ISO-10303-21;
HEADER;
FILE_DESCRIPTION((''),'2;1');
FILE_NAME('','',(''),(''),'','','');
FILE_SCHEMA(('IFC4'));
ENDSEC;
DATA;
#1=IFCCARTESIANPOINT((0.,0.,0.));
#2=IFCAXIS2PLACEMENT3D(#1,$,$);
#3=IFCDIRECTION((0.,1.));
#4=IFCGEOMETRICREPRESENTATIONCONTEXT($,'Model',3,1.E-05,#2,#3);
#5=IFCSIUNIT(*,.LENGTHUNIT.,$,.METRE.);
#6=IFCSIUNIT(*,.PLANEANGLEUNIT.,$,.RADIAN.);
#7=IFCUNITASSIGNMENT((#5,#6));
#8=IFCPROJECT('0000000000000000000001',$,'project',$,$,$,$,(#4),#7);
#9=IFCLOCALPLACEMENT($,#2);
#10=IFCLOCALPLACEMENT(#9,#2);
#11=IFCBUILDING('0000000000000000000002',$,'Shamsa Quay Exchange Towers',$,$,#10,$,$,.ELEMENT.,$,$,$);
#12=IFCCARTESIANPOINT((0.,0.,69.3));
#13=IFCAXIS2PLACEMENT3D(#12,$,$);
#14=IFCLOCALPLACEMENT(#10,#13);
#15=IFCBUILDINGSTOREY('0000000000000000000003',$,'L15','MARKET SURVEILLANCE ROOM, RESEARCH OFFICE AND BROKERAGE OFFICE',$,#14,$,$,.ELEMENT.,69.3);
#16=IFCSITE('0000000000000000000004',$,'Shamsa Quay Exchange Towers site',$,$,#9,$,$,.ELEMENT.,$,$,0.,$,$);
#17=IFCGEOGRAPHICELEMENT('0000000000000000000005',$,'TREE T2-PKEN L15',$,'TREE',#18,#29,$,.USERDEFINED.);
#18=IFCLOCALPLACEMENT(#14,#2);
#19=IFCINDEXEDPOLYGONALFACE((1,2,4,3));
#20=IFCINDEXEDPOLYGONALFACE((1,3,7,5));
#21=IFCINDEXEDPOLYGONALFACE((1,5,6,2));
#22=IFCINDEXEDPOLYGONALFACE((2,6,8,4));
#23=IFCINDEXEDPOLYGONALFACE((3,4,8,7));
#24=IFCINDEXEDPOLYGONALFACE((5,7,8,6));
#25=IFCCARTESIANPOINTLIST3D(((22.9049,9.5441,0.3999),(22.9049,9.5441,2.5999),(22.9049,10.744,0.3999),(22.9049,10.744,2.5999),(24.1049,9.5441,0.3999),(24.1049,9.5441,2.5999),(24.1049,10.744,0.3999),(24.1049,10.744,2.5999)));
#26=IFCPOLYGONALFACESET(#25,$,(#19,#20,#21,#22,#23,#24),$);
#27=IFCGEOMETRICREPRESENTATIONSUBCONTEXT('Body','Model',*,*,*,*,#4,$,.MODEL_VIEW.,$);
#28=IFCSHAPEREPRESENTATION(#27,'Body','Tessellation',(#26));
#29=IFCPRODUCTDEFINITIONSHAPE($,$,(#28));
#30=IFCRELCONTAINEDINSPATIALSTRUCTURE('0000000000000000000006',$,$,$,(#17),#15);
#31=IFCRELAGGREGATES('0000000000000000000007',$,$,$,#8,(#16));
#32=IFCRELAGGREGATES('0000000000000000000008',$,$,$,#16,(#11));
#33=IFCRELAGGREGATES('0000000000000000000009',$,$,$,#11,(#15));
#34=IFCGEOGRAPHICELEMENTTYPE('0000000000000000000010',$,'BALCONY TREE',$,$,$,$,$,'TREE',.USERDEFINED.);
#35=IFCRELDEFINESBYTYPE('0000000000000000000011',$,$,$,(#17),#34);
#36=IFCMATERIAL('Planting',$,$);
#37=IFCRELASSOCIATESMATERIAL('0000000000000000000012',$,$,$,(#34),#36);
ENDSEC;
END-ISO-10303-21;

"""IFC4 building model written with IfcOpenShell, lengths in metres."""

from ifc_helpers import new_model, si_unit, direction, frame, origin, origin_2d, place, context, subcontext, project, spatial, rectangle, extrude, material, type_object, element, save


model = new_model("IFC4")

# Units and contexts
model_context = context("Model", 3, precision=1e-05, world=origin(), true_north=direction((0.0, 1.0)))
body_context = subcontext(model_context, "Body", "Model", "MODEL_VIEW")
ifc_project = project(units=[si_unit("LENGTHUNIT", "METRE"), si_unit("PLANEANGLEUNIT", "RADIAN")], contexts=[model_context])

# Site, building, storey
site_placement = place(None, origin())
site = spatial("IfcSite", under=ifc_project, at=site_placement, Name="Shamsa Quay Exchange Towers site", CompositionType="ELEMENT", RefElevation=0.0)
building_placement = place(site_placement, origin())
building = spatial("IfcBuilding", under=site, at=building_placement, Name="Shamsa Quay Exchange Towers", CompositionType="ELEMENT")
storey_placement = place(building_placement, frame((0.0, 0.0, 69.3)))
storey = spatial("IfcBuildingStorey", under=building, at=storey_placement, Name="L15", Description="MARKET SURVEILLANCE ROOM, RESEARCH OFFICE AND BROKERAGE OFFICE", CompositionType="ELEMENT", Elevation=69.3)

# Geographic element
ifc_material_1 = material(Name="Planting")
geographic_element_type = type_object("IfcGeographicElementType", Name="BALCONY TREE", ElementType="TREE", PredefinedType="USERDEFINED", material=ifc_material_1)
geographic_element_placement = place(storey_placement, frame((23.5049, 10.144, 0.3999), z_axis=(0.0, 0.0, 1.0), x_axis=(0.0, -1.0, 0.0)))
element("IfcGeographicElement", 1, at=geographic_element_placement, inside=storey, type_object=geographic_element_type, Name="TREE T2-PKEN L15", ObjectType="TREE", PredefinedType="USERDEFINED", context=body_context, shape_type="SweptSolid", body=[
    extrude(rectangle(XDim=1.2, YDim=1.2, at=origin_2d()), origin(), (0.0, 0.0, 1.0), 2.2),
])

save(model, "model.ifc")
